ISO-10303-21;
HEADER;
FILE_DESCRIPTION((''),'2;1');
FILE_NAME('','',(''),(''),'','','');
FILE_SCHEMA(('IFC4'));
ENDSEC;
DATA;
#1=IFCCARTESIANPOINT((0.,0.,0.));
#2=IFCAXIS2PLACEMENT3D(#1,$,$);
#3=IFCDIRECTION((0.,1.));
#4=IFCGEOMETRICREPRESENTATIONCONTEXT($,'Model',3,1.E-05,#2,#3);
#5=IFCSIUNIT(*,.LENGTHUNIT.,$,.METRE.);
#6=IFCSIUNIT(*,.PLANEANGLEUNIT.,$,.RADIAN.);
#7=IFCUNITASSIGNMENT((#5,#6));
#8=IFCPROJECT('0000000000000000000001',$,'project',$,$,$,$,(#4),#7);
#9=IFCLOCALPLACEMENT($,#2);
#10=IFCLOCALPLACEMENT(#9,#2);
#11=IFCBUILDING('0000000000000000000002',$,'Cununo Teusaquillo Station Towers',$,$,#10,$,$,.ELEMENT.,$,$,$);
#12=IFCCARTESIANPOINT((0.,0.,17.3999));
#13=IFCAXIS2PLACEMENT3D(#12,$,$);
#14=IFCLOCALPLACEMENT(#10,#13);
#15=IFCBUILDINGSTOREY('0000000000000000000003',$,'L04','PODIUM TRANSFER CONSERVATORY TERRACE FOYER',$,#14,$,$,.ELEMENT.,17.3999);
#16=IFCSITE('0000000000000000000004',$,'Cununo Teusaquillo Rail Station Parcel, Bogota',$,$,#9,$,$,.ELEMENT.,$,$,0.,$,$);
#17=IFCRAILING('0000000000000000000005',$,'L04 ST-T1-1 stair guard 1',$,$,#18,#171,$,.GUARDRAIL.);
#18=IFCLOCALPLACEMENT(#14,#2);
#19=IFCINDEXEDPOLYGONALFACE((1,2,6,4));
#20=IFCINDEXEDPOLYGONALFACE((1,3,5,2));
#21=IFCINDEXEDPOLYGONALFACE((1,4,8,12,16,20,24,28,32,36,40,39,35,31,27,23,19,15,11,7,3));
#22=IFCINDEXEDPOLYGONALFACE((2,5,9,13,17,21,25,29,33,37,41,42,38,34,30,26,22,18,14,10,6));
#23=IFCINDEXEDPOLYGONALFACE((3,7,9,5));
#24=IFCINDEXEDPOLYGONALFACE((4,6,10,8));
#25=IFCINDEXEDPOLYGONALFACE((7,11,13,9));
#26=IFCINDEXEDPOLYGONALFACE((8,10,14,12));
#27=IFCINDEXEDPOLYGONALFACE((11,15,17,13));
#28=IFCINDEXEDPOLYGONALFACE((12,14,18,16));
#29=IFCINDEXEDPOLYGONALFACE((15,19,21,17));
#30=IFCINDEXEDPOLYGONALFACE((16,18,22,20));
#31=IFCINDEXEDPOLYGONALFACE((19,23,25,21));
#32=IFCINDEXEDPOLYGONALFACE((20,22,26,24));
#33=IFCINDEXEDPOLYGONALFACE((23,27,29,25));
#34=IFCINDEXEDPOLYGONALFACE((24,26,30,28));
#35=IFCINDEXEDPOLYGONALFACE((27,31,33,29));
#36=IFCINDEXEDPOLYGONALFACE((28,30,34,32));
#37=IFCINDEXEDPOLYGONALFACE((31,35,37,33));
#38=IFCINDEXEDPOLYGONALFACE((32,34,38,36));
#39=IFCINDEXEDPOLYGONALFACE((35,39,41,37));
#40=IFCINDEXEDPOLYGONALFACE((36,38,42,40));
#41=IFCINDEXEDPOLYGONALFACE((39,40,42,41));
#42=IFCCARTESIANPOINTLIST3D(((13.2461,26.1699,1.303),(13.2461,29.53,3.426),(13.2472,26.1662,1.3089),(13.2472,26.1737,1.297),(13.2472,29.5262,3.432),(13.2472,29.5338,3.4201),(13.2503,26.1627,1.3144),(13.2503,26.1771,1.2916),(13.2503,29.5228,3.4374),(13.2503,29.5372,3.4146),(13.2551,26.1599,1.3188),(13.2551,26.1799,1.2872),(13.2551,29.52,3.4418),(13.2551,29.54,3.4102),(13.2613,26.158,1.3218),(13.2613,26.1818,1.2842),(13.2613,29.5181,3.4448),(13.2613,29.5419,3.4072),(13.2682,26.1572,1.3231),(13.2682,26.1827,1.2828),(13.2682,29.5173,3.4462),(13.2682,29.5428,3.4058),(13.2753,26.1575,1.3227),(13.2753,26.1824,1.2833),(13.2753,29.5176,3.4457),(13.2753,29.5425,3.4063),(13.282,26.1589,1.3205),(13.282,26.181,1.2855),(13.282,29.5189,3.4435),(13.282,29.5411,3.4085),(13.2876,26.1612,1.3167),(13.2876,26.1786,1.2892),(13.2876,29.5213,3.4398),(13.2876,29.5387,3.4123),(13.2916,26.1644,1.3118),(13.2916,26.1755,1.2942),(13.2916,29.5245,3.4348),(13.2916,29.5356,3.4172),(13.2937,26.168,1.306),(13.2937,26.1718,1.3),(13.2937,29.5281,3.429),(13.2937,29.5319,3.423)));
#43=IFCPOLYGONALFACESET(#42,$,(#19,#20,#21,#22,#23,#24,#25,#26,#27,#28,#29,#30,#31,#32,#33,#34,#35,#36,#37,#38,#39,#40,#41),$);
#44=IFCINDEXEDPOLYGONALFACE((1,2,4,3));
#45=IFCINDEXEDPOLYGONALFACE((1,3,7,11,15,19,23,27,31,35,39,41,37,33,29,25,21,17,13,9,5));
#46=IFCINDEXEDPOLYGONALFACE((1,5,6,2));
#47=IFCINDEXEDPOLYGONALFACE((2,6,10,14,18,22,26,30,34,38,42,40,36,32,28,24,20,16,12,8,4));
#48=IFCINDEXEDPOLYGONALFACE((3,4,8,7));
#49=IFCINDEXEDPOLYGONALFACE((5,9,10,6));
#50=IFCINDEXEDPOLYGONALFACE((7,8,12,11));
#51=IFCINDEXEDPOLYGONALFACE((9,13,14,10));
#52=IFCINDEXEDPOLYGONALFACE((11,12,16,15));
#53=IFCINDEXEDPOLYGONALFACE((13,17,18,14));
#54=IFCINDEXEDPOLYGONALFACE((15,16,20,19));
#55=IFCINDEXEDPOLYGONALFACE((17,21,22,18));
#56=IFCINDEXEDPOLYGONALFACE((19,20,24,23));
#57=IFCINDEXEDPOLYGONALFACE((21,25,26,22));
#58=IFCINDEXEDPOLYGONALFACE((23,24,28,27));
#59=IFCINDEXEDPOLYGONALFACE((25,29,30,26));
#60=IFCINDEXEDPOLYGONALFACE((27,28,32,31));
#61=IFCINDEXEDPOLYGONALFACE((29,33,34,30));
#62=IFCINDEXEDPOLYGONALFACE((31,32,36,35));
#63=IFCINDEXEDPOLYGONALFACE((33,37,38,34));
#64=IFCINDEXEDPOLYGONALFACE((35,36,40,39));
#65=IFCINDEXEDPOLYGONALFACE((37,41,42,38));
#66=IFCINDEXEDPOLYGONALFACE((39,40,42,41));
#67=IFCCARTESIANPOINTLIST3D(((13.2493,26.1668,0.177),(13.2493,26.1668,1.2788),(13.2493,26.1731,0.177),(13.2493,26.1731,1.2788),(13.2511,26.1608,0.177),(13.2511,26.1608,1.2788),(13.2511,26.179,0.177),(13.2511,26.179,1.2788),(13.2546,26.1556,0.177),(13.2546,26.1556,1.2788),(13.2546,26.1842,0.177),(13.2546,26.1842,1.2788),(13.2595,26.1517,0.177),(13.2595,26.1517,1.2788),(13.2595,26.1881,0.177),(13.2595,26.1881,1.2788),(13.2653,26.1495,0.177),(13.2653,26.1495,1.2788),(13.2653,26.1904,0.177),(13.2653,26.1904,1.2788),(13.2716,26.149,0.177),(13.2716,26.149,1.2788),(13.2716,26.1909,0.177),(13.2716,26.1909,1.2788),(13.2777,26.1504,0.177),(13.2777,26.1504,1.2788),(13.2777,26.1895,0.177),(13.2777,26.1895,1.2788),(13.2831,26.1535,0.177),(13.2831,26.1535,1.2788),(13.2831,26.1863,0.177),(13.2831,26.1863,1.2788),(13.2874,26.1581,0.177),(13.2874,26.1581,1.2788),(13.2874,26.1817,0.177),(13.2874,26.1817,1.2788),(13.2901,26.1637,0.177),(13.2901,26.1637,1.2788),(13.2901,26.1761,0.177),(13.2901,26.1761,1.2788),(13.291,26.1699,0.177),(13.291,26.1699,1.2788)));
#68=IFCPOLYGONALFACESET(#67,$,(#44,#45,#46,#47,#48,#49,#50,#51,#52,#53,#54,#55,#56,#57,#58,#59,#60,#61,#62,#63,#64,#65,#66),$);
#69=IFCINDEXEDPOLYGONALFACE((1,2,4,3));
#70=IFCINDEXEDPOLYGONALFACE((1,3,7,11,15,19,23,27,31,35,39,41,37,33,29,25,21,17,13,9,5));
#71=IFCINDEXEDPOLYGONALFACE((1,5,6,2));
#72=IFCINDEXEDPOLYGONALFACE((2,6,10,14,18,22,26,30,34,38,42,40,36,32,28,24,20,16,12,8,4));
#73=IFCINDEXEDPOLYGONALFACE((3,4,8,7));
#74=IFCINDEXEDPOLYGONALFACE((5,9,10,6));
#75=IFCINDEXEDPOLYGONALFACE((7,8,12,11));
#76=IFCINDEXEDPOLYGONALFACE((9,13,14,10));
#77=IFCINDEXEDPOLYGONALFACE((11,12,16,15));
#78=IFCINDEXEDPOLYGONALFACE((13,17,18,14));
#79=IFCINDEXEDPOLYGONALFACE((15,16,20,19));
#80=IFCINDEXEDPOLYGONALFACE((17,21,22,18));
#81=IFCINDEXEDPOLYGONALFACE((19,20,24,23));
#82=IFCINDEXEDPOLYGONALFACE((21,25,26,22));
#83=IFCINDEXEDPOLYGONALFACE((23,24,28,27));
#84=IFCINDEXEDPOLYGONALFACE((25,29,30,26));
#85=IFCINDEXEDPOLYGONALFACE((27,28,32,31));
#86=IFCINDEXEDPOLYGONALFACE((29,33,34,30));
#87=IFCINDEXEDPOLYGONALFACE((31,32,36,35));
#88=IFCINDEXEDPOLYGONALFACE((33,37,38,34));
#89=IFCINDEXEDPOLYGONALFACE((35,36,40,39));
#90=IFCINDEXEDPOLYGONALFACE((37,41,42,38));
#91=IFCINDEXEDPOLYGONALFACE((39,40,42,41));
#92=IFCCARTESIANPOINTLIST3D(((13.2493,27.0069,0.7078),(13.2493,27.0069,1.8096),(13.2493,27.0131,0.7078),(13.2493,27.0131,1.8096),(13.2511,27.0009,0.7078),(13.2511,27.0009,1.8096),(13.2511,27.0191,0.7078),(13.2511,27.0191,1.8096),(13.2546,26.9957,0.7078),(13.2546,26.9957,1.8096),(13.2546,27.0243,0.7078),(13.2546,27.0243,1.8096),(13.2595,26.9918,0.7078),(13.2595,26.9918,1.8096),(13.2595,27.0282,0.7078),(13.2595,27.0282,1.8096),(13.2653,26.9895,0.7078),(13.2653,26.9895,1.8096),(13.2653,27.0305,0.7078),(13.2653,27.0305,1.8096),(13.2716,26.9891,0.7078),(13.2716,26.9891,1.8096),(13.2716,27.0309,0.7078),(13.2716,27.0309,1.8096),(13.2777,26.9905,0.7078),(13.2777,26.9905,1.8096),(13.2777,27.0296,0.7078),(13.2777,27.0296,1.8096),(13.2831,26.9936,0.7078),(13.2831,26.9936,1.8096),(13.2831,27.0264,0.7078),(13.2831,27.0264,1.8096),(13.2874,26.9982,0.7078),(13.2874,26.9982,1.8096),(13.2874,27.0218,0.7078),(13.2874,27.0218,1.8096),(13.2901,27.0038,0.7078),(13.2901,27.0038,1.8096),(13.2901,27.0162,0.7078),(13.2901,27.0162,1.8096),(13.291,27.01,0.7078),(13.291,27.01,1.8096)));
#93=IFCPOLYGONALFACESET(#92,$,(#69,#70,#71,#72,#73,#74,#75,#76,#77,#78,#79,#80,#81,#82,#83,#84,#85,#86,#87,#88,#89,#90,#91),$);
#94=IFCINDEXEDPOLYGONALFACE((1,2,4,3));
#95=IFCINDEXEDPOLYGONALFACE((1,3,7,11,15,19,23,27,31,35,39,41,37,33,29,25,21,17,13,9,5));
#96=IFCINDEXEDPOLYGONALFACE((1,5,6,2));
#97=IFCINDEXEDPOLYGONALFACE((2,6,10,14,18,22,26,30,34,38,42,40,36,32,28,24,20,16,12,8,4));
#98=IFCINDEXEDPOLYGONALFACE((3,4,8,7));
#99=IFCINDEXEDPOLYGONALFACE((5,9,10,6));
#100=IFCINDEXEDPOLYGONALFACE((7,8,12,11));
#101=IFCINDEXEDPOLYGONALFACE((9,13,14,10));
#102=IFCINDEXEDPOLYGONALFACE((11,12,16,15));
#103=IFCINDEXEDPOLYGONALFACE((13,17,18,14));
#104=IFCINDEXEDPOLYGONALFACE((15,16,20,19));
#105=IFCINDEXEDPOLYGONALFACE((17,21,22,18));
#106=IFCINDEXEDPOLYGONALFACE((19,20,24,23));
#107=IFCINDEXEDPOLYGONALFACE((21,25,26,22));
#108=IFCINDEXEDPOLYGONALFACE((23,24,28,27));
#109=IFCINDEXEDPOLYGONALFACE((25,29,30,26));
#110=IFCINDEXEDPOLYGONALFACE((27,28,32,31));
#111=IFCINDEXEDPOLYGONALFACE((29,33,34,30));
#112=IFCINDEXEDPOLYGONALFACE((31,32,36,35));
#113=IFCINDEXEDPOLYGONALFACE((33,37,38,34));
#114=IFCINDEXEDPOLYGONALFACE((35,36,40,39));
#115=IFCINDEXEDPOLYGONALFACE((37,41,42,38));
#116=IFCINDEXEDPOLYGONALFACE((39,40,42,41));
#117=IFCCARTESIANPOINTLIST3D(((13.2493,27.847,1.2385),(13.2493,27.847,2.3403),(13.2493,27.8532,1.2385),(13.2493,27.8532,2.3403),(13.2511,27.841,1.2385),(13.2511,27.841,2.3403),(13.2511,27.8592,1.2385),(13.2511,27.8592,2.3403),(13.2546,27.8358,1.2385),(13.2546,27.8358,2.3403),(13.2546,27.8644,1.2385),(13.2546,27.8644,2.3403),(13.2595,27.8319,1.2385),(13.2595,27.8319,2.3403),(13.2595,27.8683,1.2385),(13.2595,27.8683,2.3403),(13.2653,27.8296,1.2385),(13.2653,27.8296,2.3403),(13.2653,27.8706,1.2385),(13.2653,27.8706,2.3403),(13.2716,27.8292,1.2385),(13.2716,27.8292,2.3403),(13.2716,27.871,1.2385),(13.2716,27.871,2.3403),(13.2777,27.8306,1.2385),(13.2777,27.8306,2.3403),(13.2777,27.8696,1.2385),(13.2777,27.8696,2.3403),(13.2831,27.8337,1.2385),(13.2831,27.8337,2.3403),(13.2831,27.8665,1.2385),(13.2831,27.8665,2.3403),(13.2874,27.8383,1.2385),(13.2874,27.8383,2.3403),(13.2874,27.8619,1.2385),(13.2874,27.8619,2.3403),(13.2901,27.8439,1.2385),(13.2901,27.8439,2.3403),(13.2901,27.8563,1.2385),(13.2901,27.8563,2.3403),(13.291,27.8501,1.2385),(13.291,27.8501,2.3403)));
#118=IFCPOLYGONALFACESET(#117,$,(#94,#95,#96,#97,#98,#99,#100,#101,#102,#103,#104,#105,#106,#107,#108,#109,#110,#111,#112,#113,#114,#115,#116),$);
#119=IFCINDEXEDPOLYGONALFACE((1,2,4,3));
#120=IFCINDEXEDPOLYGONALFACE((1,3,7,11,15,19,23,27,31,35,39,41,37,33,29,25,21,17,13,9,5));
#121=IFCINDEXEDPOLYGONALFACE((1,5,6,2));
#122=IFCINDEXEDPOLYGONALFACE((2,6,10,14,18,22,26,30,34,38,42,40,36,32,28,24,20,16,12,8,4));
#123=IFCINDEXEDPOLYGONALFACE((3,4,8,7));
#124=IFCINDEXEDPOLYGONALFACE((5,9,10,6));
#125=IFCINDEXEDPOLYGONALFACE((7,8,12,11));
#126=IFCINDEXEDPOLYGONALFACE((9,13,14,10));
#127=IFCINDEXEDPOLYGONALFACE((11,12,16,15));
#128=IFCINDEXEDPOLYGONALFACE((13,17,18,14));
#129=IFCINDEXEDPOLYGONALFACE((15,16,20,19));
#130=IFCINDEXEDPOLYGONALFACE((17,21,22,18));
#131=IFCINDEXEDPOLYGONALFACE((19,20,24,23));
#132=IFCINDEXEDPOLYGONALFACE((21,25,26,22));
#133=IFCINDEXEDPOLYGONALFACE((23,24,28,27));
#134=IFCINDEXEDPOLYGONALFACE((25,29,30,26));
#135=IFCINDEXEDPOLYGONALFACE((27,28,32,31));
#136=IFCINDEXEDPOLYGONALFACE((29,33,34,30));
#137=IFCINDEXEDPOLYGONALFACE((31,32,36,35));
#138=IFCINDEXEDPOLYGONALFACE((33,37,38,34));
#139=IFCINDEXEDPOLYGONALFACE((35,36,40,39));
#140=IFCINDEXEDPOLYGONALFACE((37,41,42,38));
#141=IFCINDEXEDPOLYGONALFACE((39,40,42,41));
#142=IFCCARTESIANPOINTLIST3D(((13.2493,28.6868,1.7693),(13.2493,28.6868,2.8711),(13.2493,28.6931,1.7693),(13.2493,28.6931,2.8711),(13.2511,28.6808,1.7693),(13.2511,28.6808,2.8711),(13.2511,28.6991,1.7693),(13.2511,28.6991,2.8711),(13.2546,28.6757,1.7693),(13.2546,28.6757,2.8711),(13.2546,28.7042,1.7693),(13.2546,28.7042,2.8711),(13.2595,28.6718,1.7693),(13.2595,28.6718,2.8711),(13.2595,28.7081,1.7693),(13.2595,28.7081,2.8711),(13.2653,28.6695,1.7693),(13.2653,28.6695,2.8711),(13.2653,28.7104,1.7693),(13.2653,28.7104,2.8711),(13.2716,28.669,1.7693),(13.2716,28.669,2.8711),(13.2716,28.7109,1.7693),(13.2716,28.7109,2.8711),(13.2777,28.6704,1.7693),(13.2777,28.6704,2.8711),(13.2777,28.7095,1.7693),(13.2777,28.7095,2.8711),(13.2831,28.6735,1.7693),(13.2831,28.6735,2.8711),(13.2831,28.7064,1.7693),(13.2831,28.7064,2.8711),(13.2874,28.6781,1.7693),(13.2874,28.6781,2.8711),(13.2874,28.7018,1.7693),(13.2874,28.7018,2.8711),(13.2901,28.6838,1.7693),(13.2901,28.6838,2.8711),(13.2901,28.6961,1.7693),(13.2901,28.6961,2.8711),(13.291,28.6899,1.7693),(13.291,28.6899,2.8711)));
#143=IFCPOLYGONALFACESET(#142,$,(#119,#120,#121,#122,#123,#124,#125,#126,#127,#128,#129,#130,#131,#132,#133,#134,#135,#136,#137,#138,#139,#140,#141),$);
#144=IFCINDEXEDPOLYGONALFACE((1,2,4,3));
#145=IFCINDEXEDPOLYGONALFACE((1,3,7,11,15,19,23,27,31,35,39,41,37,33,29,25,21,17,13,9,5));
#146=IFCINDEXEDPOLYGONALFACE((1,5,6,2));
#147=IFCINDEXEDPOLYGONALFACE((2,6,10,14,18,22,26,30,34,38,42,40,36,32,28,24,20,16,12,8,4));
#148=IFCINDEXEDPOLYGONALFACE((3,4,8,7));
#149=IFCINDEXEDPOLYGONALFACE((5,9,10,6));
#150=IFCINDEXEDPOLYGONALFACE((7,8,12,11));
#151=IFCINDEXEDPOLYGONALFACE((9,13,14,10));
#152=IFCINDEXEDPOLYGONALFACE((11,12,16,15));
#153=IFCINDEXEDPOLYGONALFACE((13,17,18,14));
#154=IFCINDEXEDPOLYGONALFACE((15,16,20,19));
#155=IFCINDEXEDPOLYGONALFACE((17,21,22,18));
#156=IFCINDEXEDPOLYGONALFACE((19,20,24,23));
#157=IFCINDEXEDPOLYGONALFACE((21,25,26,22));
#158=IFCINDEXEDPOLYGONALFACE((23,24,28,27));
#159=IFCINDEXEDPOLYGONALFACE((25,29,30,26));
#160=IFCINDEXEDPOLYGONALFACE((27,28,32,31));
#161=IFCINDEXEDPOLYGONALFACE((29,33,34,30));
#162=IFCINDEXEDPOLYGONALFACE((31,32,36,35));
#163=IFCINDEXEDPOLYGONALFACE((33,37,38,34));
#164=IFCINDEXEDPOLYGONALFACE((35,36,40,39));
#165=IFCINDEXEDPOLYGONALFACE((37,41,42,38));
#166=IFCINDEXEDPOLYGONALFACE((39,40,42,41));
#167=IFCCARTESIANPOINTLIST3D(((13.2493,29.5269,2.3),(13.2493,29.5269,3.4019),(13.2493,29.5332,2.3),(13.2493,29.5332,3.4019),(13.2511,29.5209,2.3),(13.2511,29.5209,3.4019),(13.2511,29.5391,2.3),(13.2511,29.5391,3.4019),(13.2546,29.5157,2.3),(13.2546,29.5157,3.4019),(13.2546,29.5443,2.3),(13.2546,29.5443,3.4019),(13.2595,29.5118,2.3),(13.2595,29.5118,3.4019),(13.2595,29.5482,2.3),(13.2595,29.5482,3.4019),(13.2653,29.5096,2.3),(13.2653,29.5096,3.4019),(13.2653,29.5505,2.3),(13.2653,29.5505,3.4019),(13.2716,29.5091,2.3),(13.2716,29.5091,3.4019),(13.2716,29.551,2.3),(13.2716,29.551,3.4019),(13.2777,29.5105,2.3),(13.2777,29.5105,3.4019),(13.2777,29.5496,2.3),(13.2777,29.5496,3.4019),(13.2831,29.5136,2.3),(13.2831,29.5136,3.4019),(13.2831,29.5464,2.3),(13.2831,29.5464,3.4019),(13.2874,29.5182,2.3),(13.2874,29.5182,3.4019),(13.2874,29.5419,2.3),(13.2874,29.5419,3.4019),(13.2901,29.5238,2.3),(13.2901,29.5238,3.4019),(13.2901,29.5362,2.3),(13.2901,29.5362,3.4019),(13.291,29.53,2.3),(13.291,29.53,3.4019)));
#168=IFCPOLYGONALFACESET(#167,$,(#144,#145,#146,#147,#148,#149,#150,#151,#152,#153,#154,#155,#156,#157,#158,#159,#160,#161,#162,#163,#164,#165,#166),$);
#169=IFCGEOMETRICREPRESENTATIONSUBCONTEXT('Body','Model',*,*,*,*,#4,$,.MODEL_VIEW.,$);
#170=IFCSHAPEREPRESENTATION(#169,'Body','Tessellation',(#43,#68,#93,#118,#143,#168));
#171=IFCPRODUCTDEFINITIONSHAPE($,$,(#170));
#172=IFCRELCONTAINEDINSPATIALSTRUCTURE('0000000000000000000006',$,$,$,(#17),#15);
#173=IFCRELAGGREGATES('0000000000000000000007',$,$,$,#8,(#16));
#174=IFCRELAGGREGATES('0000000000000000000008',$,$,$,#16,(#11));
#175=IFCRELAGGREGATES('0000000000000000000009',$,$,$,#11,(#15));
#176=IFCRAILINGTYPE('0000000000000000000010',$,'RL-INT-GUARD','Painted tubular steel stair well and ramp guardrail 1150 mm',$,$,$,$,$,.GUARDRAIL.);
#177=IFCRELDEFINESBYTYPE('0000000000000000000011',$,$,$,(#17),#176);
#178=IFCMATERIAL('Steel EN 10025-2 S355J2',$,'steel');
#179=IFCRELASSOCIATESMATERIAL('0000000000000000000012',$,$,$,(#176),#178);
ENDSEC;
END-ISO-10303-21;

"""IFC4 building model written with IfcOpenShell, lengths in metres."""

from ifc_helpers import new_model, si_unit, direction, frame, origin, origin_2d, place, context, subcontext, project, spatial, circle, extrude, material, type_object, element, save


model = new_model("IFC4")

# Units and contexts
model_context = context("Model", 3, precision=1e-05, world=origin(), true_north=direction((0.0, 1.0)))
body_context = subcontext(model_context, "Body", "Model", "MODEL_VIEW")
ifc_project = project(units=[si_unit("LENGTHUNIT", "METRE"), si_unit("PLANEANGLEUNIT", "RADIAN")], contexts=[model_context])

# Site, building, storey
site_placement = place(None, origin())
site = spatial("IfcSite", under=ifc_project, at=site_placement, Name="Cununo Teusaquillo Rail Station Parcel, Bogota", CompositionType="ELEMENT", RefElevation=0.0)
building_placement = place(site_placement, origin())
building = spatial("IfcBuilding", under=site, at=building_placement, Name="Cununo Teusaquillo Station Towers", CompositionType="ELEMENT")
storey_placement = place(building_placement, frame((0.0, 0.0, 17.3999)))
storey = spatial("IfcBuildingStorey", under=building, at=storey_placement, Name="L04", Description="PODIUM TRANSFER CONSERVATORY TERRACE FOYER", CompositionType="ELEMENT", Elevation=17.3999)

# Railing
ifc_material_1 = material(Name="Steel EN 10025-2 S355J2", Category="steel")
railing_type_1 = type_object("IfcRailingType", Name="RL-INT-GUARD", Description="Painted tubular steel stair well and ramp guardrail 1150 mm", PredefinedType="GUARDRAIL", material=ifc_material_1)
railing_1_placement = place(storey_placement, frame((13.27, 26.1699, 0.177)))
element("IfcRailing", 1, at=railing_1_placement, inside=storey, type_object=railing_type_1, Name="L04 ST-T1-1 stair guard 1", PredefinedType="GUARDRAIL", context=body_context, shape_type="SweptSolid", body=[
    extrude(circle(Radius=0.0239, at=origin_2d()), frame((0.0, 0.0, 1.126), z_axis=(0.0, 0.84539, 0.53415), x_axis=(-1.0, 0.0, 0.0)), (0.0, 0.0, 1.0), 3.9746),
    extrude(circle(Radius=0.021, at=origin_2d()), origin(), (0.0, 0.0, 1.0), 1.1018),
    extrude(circle(Radius=0.021, at=origin_2d()), frame((0.0, 0.8401, 0.5308)), (0.0, 0.0, 1.0), 1.1018),
    extrude(circle(Radius=0.021, at=origin_2d()), frame((0.0, 1.6802, 1.0615)), (0.0, 0.0, 1.0), 1.1018),
    extrude(circle(Radius=0.021, at=origin_2d()), frame((0.0, 2.52, 1.5923)), (0.0, 0.0, 1.0), 1.1018),
    extrude(circle(Radius=0.021, at=origin_2d()), frame((0.0, 3.3601, 2.123)), (0.0, 0.0, 1.0), 1.1018),
])

save(model, "model.ifc")
